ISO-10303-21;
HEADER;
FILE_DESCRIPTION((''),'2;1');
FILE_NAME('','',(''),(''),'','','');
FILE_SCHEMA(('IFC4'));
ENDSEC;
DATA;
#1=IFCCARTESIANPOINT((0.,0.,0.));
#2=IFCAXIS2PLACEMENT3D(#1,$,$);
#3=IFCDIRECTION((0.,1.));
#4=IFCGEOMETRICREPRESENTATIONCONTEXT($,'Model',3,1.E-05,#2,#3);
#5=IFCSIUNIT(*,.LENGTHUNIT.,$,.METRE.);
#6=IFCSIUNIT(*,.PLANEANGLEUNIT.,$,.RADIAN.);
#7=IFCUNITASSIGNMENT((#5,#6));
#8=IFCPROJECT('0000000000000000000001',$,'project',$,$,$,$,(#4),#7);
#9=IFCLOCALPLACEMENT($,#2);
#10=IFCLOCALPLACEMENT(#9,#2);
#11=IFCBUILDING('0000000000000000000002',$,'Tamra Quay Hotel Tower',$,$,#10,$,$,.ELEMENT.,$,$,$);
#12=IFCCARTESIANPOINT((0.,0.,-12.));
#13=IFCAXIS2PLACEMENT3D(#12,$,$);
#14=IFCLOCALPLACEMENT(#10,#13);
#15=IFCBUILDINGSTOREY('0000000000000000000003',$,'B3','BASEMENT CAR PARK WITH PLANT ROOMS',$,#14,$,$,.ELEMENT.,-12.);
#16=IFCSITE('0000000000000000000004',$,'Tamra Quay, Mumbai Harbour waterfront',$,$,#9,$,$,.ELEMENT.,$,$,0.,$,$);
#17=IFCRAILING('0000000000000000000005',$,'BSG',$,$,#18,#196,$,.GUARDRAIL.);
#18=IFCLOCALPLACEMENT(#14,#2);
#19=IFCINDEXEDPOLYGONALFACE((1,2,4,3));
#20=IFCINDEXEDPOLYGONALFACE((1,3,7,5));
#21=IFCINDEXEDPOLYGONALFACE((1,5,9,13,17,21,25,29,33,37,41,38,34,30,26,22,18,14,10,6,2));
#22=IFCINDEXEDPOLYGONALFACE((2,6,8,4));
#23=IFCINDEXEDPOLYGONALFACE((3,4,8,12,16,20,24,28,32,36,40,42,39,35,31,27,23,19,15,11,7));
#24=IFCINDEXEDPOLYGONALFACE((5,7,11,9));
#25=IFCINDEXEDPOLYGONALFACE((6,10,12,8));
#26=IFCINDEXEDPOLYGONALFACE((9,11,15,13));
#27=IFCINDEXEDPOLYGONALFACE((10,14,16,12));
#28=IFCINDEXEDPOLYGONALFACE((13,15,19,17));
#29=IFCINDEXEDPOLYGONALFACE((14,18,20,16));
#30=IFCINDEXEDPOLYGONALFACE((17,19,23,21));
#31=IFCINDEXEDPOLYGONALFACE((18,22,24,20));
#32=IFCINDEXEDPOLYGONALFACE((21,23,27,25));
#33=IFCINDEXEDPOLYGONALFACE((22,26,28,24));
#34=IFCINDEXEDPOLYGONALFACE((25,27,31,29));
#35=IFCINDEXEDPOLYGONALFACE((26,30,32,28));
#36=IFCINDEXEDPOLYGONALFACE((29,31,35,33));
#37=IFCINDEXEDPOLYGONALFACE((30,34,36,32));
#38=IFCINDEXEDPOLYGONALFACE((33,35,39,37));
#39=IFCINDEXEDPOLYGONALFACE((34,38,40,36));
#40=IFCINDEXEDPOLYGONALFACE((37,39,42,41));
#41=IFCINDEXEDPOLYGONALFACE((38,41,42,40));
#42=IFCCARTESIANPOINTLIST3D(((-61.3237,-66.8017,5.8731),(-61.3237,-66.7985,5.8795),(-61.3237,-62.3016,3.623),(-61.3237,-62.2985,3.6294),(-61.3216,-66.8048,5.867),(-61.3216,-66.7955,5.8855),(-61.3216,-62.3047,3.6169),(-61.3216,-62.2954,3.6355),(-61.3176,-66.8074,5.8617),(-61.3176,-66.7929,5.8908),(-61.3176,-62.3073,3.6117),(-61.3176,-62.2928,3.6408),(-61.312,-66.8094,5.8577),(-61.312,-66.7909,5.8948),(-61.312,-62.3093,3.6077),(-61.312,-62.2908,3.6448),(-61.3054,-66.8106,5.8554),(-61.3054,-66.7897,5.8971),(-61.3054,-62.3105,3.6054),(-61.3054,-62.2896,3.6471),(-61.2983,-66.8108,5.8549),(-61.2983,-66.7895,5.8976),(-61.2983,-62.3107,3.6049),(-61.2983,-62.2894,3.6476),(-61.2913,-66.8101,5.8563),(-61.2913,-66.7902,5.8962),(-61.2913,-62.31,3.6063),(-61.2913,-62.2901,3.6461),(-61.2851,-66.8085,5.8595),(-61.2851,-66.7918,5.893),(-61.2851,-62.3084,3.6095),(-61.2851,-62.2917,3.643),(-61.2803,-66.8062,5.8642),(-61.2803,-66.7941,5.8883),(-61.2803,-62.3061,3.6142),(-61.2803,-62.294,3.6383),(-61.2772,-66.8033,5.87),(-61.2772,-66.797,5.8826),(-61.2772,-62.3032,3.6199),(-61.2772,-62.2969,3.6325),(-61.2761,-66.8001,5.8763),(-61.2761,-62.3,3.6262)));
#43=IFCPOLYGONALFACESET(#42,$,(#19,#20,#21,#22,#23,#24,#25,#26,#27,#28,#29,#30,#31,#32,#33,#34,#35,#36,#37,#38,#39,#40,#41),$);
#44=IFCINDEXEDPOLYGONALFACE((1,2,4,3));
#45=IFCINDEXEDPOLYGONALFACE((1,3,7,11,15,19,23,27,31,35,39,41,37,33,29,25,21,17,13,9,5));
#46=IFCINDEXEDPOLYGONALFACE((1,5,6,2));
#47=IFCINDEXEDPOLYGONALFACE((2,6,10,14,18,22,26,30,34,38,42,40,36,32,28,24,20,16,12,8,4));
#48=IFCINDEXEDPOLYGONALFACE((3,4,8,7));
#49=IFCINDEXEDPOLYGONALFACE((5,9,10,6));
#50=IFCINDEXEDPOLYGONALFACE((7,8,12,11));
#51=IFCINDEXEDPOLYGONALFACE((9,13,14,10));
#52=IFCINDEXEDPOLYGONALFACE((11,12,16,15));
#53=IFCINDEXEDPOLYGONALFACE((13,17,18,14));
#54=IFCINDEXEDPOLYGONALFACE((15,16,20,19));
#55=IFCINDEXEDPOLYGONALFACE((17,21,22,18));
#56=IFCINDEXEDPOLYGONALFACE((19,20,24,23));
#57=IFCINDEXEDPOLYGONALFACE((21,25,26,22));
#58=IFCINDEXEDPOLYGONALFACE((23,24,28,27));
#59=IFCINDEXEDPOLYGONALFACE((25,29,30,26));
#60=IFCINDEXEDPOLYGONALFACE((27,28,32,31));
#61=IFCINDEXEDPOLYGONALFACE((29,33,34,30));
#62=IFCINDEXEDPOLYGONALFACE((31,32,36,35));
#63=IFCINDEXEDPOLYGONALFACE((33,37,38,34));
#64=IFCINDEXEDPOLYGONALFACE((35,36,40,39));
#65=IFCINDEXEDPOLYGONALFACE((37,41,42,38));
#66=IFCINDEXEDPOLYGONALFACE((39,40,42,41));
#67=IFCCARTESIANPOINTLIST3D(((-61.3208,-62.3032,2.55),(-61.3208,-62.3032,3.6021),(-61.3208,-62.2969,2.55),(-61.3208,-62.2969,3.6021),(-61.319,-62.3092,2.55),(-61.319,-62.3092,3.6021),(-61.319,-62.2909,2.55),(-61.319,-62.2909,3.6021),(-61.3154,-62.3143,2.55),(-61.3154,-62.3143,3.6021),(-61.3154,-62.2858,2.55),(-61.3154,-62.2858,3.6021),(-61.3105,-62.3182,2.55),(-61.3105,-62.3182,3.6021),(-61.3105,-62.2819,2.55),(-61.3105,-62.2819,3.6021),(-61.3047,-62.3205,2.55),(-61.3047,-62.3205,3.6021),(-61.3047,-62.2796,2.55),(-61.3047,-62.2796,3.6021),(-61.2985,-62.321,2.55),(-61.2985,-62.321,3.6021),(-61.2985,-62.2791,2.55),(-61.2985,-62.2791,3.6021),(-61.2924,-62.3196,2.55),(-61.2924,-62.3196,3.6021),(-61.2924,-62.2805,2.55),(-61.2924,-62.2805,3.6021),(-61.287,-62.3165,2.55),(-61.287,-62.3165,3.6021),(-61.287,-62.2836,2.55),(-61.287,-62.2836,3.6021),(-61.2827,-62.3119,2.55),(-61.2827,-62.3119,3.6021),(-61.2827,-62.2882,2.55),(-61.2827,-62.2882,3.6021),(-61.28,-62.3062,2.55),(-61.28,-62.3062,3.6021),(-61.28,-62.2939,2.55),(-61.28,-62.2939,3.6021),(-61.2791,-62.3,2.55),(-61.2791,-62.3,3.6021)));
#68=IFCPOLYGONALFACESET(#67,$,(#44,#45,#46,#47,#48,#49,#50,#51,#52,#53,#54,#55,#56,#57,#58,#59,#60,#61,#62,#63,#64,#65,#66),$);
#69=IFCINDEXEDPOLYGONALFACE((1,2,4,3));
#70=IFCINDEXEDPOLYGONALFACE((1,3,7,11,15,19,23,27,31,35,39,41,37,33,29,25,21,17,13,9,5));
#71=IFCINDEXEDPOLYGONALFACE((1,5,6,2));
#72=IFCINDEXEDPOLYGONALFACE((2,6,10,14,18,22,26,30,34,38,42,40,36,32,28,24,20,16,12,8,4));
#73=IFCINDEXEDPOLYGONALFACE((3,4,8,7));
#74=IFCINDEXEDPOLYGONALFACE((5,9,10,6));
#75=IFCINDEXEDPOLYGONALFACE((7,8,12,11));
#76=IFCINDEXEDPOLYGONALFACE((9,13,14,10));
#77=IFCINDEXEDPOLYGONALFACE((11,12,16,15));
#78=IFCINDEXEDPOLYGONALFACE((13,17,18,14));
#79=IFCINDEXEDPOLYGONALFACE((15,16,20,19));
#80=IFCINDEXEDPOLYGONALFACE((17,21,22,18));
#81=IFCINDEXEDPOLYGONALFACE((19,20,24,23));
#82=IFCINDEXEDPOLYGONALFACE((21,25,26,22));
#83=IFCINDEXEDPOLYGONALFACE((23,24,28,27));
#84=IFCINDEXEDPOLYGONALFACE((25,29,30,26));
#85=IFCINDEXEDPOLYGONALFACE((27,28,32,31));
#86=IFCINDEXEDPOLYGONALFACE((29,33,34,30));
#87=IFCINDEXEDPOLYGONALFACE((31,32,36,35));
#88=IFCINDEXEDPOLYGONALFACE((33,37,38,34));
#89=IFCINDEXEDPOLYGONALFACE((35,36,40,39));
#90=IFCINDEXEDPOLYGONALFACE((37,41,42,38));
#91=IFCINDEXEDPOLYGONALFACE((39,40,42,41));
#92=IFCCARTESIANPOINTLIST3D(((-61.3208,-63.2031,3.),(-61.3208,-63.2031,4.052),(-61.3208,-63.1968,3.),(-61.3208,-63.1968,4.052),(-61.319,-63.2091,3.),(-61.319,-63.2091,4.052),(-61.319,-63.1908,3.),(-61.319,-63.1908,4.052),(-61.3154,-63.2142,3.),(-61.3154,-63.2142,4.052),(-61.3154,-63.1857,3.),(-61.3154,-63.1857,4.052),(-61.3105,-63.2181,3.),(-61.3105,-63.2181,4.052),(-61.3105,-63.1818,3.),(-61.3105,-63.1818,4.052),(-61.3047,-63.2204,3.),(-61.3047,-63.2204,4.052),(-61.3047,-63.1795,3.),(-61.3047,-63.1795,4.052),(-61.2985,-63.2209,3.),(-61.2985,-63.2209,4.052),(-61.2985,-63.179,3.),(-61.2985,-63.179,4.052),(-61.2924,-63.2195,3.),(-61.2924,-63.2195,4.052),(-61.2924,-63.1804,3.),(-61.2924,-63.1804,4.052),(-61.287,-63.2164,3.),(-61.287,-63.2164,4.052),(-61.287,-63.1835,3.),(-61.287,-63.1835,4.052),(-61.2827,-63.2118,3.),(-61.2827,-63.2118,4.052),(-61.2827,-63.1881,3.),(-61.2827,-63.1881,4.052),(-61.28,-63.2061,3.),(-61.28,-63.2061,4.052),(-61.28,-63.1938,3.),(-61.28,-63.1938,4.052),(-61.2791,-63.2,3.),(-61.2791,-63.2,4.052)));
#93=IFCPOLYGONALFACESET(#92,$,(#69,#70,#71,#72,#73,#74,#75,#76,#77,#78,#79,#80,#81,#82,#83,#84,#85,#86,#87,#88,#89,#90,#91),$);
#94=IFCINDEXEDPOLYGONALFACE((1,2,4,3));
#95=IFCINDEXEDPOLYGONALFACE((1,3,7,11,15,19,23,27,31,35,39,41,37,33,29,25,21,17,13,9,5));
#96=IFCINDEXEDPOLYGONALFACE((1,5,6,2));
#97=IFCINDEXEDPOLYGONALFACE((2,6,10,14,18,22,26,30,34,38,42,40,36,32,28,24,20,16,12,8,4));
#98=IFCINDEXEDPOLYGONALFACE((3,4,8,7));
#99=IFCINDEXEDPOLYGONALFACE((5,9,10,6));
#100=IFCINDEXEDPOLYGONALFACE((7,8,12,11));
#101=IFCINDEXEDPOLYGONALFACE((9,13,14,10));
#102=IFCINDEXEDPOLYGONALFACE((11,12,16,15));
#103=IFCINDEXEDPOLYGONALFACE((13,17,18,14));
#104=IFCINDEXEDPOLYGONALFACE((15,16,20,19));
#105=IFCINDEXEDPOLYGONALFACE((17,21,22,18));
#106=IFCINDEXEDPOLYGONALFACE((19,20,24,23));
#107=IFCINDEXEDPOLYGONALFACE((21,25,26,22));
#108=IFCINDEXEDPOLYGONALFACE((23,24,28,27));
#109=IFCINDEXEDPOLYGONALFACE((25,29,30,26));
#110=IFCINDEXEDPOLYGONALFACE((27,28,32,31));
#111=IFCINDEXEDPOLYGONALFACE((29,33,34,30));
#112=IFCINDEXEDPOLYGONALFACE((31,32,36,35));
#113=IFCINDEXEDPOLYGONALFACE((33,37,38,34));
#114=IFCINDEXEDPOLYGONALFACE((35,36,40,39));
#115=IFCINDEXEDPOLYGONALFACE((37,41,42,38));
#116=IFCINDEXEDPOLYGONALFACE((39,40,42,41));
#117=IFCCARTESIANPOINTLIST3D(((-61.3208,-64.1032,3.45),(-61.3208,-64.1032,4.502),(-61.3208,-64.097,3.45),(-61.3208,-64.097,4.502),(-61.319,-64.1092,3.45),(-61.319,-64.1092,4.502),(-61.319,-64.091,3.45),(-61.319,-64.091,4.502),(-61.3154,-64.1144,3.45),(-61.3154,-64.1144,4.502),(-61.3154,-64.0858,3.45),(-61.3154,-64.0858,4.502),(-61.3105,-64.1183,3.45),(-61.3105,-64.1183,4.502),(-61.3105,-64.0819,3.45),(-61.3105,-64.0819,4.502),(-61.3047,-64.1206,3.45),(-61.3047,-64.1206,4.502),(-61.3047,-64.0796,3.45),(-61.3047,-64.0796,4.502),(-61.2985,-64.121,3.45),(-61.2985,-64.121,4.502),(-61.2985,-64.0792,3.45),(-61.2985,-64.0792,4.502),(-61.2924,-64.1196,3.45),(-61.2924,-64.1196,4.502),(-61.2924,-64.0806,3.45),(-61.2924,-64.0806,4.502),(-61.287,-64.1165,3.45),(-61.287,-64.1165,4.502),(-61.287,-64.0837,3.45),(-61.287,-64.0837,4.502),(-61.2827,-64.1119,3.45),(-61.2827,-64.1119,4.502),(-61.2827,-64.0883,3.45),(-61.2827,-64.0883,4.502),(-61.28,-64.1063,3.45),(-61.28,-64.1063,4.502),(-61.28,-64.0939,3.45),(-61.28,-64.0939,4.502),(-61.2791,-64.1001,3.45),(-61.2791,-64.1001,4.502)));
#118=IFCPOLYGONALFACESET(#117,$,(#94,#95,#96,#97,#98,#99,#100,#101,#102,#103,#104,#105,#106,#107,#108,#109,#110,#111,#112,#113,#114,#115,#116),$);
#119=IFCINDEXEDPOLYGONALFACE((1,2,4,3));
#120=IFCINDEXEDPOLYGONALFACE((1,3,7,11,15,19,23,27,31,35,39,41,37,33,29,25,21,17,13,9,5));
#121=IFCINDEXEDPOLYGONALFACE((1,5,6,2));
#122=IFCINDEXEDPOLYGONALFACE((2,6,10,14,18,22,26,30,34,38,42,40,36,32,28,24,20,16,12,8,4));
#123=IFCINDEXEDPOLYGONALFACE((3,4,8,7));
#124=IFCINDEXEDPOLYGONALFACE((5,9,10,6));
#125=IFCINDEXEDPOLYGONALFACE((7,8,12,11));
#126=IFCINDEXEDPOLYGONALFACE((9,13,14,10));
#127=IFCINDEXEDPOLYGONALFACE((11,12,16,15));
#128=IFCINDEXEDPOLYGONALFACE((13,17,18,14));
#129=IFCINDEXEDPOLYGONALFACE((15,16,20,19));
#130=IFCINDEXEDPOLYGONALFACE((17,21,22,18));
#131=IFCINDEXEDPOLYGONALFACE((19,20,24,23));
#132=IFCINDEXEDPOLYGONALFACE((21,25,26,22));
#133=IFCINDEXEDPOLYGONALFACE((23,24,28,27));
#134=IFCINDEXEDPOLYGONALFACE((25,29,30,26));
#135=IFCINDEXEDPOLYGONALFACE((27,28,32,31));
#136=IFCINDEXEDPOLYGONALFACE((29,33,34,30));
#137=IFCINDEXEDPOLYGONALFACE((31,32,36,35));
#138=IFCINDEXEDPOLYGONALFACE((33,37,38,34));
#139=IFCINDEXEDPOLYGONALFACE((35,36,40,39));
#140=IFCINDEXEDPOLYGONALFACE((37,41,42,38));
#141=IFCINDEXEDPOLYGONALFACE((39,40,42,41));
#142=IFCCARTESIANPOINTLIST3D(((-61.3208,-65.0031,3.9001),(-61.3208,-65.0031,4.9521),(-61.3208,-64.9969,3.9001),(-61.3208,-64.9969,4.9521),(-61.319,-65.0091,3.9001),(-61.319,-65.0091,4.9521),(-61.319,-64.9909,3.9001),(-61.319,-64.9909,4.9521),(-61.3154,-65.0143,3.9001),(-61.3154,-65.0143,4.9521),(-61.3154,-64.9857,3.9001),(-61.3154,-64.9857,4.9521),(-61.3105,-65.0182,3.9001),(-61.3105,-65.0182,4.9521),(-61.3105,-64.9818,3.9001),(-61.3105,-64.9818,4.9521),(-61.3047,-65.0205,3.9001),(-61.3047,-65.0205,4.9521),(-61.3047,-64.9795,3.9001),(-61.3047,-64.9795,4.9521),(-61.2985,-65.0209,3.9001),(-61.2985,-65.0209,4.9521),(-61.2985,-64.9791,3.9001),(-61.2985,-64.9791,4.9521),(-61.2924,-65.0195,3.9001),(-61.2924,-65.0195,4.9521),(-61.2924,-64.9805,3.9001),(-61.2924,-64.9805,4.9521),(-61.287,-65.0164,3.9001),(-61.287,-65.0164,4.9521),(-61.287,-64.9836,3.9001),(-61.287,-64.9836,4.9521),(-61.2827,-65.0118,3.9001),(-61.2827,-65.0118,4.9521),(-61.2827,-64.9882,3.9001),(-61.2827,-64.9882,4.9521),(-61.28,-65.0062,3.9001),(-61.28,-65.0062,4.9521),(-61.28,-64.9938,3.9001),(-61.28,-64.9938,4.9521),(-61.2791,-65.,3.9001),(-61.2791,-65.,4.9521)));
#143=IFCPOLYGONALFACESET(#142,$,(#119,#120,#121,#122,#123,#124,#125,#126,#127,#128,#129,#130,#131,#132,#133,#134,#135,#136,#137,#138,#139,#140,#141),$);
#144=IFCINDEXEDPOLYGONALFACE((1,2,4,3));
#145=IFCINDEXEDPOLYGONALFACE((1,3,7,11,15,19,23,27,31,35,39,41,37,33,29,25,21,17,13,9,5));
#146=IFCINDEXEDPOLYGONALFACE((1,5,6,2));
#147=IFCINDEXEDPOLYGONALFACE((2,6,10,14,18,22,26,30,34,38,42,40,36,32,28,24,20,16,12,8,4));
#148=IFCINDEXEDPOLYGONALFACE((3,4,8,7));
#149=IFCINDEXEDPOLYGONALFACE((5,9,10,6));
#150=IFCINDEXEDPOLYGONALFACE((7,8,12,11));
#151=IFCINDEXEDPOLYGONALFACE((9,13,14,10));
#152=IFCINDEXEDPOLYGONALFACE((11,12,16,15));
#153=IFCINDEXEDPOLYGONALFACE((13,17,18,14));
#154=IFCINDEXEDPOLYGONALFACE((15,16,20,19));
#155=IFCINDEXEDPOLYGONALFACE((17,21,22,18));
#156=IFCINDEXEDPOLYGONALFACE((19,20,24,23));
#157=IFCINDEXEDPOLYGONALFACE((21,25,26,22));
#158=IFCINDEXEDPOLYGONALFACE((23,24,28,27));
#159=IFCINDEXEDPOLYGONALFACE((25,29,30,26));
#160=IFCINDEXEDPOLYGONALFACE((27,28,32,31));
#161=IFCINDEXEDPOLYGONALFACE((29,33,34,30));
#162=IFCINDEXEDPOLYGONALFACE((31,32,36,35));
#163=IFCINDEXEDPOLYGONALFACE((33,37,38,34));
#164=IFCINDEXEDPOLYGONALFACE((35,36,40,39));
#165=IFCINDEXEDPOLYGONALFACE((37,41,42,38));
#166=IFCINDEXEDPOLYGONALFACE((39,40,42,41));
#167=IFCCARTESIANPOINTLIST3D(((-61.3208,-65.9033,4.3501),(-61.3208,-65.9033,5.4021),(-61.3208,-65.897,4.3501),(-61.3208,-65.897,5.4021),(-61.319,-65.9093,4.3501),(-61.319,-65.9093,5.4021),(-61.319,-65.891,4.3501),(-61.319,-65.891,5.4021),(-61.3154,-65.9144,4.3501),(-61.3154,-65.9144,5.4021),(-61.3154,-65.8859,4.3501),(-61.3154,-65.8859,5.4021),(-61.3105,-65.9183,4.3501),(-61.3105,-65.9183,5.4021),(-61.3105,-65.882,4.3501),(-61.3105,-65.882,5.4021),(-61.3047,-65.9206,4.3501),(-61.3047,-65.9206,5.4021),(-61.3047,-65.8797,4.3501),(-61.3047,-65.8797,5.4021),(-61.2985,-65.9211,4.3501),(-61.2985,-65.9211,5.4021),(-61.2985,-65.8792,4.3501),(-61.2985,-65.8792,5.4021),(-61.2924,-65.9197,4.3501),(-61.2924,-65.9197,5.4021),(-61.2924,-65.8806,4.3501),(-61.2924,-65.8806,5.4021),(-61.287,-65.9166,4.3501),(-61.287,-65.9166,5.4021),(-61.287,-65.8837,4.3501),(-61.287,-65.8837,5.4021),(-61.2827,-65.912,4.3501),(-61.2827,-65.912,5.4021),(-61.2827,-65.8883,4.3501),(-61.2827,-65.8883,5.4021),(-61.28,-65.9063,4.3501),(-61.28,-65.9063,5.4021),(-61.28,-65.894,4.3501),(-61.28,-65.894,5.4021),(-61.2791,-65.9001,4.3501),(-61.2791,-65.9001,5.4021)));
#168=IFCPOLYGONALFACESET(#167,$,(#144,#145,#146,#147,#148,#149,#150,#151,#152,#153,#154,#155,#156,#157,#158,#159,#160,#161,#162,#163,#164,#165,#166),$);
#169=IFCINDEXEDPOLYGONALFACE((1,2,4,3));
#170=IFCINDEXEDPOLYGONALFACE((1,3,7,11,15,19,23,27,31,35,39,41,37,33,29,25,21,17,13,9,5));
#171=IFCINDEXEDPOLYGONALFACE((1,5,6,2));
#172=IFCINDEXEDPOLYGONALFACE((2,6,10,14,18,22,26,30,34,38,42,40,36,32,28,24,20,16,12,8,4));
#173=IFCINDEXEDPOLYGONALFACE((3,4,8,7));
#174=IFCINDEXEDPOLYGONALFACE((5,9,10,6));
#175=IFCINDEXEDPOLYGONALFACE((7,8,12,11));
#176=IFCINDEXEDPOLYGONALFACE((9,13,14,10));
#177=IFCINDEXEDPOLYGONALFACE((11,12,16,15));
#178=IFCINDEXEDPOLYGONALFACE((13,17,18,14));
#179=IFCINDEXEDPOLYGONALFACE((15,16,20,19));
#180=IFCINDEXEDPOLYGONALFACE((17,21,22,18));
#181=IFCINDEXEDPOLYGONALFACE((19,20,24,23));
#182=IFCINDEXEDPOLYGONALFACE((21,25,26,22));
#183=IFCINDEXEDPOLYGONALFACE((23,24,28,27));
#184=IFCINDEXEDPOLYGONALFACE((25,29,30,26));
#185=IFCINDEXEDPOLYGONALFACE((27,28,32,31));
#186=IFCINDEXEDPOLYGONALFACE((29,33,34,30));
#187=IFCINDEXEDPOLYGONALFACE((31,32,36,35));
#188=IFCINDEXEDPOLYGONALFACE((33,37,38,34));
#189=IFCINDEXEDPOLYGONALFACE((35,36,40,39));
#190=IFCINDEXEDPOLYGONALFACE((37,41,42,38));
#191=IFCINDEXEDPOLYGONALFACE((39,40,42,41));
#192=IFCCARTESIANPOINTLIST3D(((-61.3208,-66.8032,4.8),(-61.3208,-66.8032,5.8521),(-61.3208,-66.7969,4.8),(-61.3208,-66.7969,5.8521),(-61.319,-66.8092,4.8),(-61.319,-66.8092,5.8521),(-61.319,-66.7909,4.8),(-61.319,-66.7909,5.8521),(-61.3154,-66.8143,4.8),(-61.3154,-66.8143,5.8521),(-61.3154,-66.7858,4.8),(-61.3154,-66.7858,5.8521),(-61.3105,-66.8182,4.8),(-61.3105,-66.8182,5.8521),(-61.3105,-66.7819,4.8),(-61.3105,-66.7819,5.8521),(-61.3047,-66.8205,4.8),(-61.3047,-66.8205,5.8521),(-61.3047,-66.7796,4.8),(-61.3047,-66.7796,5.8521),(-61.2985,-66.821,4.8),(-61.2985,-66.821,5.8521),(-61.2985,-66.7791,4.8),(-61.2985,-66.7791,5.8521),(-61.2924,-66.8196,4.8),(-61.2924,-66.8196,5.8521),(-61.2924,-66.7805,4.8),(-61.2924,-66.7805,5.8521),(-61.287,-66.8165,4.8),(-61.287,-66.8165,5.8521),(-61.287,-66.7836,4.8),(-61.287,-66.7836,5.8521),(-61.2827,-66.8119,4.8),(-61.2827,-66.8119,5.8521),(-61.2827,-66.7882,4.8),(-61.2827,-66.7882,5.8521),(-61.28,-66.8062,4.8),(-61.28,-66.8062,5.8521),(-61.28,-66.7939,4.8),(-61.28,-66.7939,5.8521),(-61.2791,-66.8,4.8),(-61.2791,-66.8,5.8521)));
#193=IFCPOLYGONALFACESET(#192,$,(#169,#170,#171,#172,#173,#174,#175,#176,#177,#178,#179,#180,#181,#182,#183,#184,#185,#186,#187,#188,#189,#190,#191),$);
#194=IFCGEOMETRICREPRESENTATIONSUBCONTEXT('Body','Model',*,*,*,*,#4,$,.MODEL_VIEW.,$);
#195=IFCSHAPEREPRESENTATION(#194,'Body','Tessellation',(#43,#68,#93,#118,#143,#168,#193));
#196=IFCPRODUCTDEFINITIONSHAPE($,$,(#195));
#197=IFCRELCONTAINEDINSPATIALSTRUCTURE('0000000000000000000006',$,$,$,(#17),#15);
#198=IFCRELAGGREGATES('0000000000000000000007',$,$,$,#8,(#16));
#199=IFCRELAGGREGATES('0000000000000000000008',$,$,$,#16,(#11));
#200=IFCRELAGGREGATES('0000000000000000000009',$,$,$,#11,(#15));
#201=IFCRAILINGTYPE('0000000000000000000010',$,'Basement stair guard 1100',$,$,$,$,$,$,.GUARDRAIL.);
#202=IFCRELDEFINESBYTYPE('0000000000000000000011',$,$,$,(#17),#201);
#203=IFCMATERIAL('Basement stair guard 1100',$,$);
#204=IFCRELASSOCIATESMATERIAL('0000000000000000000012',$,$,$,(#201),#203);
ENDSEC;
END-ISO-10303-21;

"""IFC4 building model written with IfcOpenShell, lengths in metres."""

from ifc_helpers import new_model, si_unit, direction, frame, origin, origin_2d, place, context, subcontext, project, spatial, circle, extrude, material, type_object, element, save


model = new_model("IFC4")

# Units and contexts
model_context = context("Model", 3, precision=1e-05, world=origin(), true_north=direction((0.0, 1.0)))
body_context = subcontext(model_context, "Body", "Model", "MODEL_VIEW")
ifc_project = project(units=[si_unit("LENGTHUNIT", "METRE"), si_unit("PLANEANGLEUNIT", "RADIAN")], contexts=[model_context])

# Site, building, storey
site_placement = place(None, origin())
site = spatial("IfcSite", under=ifc_project, at=site_placement, Name="Tamra Quay, Mumbai Harbour waterfront", CompositionType="ELEMENT", RefElevation=0.0)
building_placement = place(site_placement, origin())
building = spatial("IfcBuilding", under=site, at=building_placement, Name="Tamra Quay Hotel Tower", CompositionType="ELEMENT")
storey_placement = place(building_placement, frame((0.0, 0.0, -12.0)))
storey = spatial("IfcBuildingStorey", under=building, at=storey_placement, Name="B3", Description="BASEMENT CAR PARK WITH PLANT ROOMS", CompositionType="ELEMENT", Elevation=-12.0)

# Railing
ifc_material_1 = material(Name="Basement stair guard 1100")
railing_type_1 = type_object("IfcRailingType", Name="Basement stair guard 1100", PredefinedType="GUARDRAIL", material=ifc_material_1)
railing_1_placement = place(storey_placement, frame((-61.3, -62.3, 2.55)))
element("IfcRailing", 1, at=railing_1_placement, inside=storey, type_object=railing_type_1, Name="BSG", PredefinedType="GUARDRAIL", context=body_context, shape_type="SweptSolid", body=[
    extrude(circle(Radius=0.0239, at=origin_2d()), frame((0.0, 0.0, 1.0762), z_axis=(0.0, -0.894427, 0.447214), x_axis=(1.0, 0.0, 0.0)), (0.0, 0.0, 1.0), 5.0312),
    extrude(circle(Radius=0.021, at=origin_2d()), origin(), (0.0, 0.0, 1.0), 1.052),
    extrude(circle(Radius=0.021, at=origin_2d()), frame((0.0, -0.8999, 0.45)), (0.0, 0.0, 1.0), 1.052),
    extrude(circle(Radius=0.021, at=origin_2d()), frame((0.0, -1.8, 0.8999)), (0.0, 0.0, 1.0), 1.052),
    extrude(circle(Radius=0.021, at=origin_2d()), frame((0.0, -2.7, 1.3501)), (0.0, 0.0, 1.0), 1.052),
    extrude(circle(Radius=0.021, at=origin_2d()), frame((0.0, -3.6001, 1.8)), (0.0, 0.0, 1.0), 1.052),
    extrude(circle(Radius=0.021, at=origin_2d()), frame((0.0, -4.5, 2.25)), (0.0, 0.0, 1.0), 1.052),
])

save(model, "model.ifc")
